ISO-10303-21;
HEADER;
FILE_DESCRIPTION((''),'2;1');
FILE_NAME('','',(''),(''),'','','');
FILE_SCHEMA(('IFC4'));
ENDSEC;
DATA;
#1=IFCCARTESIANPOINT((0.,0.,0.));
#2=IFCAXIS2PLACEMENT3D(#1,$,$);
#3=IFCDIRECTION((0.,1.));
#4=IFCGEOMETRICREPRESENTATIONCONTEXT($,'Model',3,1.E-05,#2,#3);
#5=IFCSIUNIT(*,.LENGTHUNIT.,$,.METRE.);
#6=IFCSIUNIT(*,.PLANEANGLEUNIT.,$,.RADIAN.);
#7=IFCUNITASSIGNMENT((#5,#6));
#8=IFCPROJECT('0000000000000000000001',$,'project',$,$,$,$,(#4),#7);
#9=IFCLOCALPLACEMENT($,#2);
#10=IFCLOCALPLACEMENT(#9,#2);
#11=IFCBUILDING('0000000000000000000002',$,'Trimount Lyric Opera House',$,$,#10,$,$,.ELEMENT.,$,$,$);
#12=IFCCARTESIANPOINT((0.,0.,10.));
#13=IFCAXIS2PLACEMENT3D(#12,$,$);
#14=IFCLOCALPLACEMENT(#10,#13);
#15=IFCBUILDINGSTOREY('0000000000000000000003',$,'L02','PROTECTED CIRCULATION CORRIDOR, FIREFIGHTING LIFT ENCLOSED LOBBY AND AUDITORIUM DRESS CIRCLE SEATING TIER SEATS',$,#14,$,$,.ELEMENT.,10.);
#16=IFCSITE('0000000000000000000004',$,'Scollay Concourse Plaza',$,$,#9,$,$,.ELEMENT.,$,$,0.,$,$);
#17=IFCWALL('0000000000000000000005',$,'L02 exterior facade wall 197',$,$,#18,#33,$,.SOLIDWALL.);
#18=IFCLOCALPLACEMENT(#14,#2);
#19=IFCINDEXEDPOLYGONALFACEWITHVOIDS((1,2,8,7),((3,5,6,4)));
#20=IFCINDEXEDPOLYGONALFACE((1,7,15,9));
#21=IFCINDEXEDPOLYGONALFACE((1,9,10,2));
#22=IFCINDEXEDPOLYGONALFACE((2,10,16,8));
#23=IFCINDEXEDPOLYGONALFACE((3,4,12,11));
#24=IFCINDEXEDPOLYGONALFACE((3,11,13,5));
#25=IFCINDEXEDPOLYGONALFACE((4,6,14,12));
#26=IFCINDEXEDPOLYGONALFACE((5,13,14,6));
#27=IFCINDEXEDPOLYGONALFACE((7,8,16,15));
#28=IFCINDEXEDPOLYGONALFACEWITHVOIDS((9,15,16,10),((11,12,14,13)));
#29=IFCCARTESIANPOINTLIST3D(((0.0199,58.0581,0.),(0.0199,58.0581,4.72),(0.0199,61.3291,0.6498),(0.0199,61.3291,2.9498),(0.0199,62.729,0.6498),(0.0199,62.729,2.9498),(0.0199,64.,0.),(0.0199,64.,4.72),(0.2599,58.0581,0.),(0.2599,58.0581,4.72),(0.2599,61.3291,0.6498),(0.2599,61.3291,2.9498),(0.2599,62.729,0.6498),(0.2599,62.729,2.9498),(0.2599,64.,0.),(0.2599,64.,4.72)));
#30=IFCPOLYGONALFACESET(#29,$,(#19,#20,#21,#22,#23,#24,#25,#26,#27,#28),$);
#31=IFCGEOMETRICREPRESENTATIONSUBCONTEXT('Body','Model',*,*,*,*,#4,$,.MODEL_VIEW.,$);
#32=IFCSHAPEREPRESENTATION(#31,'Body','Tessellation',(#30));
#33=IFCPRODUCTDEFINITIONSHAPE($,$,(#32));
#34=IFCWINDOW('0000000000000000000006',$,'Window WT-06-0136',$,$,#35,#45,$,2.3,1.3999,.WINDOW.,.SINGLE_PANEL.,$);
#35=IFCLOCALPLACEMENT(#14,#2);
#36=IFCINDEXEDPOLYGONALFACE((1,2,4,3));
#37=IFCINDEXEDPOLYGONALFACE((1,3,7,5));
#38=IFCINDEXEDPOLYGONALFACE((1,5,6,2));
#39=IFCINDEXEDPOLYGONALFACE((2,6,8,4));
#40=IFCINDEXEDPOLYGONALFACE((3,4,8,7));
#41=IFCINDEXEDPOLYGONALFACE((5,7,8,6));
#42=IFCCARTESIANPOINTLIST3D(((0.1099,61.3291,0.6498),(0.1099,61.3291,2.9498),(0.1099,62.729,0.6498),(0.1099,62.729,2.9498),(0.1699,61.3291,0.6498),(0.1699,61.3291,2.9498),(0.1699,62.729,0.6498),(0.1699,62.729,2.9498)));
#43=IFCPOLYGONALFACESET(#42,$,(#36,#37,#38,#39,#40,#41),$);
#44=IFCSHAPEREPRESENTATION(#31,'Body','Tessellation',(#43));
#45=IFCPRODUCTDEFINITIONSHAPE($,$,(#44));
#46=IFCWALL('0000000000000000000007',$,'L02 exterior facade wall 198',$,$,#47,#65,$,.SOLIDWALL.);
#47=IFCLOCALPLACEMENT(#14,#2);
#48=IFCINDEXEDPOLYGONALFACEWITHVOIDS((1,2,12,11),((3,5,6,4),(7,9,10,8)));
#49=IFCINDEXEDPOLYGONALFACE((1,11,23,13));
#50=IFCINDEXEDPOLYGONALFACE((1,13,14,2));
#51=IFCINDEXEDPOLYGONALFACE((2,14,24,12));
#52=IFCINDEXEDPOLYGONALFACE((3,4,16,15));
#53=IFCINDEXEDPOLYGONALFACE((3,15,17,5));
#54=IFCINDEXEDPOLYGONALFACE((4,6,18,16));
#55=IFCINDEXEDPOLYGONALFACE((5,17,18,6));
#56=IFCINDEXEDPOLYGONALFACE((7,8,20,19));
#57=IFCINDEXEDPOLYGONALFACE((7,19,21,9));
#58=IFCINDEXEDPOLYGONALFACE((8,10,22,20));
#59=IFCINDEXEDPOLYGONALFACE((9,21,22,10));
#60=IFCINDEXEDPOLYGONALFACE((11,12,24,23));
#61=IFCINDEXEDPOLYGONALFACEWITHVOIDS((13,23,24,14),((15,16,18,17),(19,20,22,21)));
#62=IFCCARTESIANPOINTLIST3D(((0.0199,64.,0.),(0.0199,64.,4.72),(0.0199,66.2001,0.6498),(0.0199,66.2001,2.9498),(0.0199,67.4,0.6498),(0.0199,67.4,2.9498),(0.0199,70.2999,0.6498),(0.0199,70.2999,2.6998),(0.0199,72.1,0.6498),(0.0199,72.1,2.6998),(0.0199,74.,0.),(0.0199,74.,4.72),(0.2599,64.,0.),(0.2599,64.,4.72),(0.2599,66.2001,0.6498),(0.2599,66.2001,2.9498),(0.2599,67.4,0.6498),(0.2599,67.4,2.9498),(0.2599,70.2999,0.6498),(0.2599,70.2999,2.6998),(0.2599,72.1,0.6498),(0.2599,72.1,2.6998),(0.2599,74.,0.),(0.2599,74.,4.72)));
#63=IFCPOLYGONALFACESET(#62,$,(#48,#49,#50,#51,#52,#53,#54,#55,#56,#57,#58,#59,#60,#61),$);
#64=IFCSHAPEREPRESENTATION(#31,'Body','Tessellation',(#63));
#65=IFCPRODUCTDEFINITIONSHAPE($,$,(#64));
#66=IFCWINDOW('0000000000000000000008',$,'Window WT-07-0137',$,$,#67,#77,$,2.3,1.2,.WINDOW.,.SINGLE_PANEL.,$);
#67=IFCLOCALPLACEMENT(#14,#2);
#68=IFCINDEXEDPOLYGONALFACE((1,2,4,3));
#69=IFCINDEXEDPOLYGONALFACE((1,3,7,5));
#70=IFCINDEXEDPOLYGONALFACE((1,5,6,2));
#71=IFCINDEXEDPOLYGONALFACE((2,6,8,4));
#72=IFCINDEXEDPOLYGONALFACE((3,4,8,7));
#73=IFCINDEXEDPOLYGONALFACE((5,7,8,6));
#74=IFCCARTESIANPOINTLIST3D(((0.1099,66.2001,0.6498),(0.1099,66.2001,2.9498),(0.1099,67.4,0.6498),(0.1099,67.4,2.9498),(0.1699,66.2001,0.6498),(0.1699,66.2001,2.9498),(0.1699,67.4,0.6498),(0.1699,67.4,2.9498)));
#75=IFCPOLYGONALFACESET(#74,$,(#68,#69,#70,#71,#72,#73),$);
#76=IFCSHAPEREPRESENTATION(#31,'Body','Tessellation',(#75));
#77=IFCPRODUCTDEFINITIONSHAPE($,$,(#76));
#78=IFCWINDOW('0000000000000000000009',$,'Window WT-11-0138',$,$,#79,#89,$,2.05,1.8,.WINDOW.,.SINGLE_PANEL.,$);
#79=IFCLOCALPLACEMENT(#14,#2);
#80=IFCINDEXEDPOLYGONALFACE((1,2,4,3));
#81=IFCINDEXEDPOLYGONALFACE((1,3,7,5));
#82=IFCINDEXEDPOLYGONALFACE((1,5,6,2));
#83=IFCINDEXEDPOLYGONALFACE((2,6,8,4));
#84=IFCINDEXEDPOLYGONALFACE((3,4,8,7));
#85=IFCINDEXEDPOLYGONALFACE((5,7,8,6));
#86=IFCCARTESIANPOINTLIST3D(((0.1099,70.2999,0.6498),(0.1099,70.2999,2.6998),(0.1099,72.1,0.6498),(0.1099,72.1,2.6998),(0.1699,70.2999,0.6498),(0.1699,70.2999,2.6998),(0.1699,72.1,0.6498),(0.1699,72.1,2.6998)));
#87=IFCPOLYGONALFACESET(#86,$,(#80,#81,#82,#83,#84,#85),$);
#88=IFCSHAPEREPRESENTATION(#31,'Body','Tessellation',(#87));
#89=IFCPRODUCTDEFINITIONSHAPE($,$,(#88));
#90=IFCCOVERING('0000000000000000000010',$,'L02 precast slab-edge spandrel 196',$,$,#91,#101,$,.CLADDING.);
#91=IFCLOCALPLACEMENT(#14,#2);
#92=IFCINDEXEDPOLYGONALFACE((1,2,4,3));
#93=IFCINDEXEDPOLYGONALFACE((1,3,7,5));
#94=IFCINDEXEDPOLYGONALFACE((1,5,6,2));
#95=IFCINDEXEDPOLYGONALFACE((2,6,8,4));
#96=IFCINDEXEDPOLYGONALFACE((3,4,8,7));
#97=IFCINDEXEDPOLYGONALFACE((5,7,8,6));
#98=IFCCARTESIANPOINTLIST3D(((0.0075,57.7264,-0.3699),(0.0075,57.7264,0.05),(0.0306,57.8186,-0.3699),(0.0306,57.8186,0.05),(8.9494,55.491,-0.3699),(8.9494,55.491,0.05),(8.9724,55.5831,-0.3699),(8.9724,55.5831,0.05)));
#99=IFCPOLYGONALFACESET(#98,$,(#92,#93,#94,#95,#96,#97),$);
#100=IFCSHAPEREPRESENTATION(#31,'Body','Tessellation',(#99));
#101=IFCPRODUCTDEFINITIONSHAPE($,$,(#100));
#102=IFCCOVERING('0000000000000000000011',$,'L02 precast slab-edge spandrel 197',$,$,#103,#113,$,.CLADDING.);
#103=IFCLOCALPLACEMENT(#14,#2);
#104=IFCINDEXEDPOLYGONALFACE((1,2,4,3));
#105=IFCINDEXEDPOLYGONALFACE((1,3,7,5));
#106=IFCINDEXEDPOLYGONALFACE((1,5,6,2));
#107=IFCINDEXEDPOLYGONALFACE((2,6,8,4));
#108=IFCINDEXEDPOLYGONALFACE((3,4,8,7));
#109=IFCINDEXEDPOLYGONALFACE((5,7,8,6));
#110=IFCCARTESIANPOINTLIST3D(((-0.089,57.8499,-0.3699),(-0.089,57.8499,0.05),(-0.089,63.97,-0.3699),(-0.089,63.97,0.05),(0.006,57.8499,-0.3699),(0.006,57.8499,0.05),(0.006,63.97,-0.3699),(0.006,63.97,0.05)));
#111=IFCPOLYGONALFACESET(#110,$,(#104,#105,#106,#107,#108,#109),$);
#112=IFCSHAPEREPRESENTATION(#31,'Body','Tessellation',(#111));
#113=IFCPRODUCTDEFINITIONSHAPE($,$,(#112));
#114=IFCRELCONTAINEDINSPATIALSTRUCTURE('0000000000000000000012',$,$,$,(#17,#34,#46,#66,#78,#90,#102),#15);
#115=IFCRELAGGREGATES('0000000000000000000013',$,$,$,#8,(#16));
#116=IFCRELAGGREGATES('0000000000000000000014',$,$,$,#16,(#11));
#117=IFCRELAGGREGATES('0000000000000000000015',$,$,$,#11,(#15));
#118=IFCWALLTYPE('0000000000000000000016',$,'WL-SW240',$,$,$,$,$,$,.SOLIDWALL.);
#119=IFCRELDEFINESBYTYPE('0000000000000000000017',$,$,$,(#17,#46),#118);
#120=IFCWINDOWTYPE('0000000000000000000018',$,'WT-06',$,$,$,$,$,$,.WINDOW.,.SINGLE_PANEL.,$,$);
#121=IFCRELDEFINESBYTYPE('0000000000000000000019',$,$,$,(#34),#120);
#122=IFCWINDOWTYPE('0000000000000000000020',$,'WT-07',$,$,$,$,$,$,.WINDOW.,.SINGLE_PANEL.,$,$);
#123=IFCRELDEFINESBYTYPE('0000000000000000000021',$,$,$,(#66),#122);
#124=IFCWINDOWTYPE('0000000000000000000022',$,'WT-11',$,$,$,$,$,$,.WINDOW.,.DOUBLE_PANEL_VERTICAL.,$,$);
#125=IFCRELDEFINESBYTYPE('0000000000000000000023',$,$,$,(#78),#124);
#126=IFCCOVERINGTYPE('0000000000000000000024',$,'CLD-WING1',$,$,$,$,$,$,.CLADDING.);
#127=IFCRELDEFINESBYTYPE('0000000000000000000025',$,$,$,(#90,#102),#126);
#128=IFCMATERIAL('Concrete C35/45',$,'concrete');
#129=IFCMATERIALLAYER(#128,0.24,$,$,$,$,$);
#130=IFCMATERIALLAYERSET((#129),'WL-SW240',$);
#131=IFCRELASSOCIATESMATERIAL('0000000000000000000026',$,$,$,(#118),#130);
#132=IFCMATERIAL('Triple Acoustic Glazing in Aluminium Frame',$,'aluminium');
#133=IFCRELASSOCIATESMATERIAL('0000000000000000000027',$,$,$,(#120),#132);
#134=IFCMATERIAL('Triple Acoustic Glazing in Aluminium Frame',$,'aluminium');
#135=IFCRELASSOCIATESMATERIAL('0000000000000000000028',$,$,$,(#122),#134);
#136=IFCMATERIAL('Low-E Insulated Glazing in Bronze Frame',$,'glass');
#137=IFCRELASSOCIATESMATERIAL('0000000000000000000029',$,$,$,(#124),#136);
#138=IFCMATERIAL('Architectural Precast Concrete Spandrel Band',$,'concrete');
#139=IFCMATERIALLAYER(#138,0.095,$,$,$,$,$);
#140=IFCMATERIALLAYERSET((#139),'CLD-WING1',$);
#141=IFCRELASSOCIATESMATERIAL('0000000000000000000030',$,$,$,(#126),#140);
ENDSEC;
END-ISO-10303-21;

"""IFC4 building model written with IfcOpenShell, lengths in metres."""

from ifc_helpers import new_model, si_unit, direction, frame, frame_2d, origin, origin_2d, place, context, subcontext, project, spatial, rectangle, extrude, material, layer, layer_set, type_object, element, fill, save


model = new_model("IFC4")

# Units and contexts
model_context = context("Model", 3, precision=1e-05, world=origin(), true_north=direction((0.0, 1.0)))
body_context = subcontext(model_context, "Body", "Model", "MODEL_VIEW")
ifc_project = project(units=[si_unit("LENGTHUNIT", "METRE"), si_unit("PLANEANGLEUNIT", "RADIAN")], contexts=[model_context])

# Site, building, storey
site_placement = place(None, origin())
site = spatial("IfcSite", under=ifc_project, at=site_placement, Name="Scollay Concourse Plaza", CompositionType="ELEMENT", RefElevation=0.0)
building_placement = place(site_placement, origin())
building = spatial("IfcBuilding", under=site, at=building_placement, Name="Trimount Lyric Opera House", CompositionType="ELEMENT")
storey_placement = place(building_placement, frame((0.0, 0.0, 10.0)))
storey = spatial("IfcBuildingStorey", under=building, at=storey_placement, Name="L02", Description="PROTECTED CIRCULATION CORRIDOR, FIREFIGHTING LIFT ENCLOSED LOBBY AND AUDITORIUM DRESS CIRCLE SEATING TIER SEATS", CompositionType="ELEMENT", Elevation=10.0)

# Shared definitions
ifc_material_1 = material(Name="Concrete C35/45", Category="concrete")
ifc_layer_1 = layer(ifc_material_1, 0.24)
ifc_layer_set_1 = layer_set([ifc_layer_1], Name="WL-SW240")
wall_type = type_object("IfcWallType", Name="WL-SW240", PredefinedType="SOLIDWALL", material=ifc_layer_set_1)

# Wall, opening, window
wall_1_placement = place(storey_placement, frame((0.1399, 58.0581, 0.0), z_axis=(0.0, 0.0, 1.0), x_axis=(0.0, 1.0, 0.0)))
wall_1 = element("IfcWall", 1, at=wall_1_placement, inside=storey, type_object=wall_type, Name="L02 exterior facade wall 197", PredefinedType="SOLIDWALL", context=body_context, shape_type="SweptSolid", body=[
    extrude(rectangle(XDim=5.9419, YDim=0.24, at=frame_2d((2.9709, 0.0))), origin(), (0.0, 0.0, 1.0), 4.72),
])
opening_1_placement = place(wall_1_placement, frame((3.271, 0.0, 0.6499)))
opening_1 = element("IfcOpeningElement", 2, at=opening_1_placement, cuts=wall_1, PredefinedType="OPENING", context=body_context, shape_type="SweptSolid", body=[
    extrude(rectangle(XDim=1.3999, YDim=2.3, at=frame_2d((0.7, 1.1499))), frame((0.0, 0.1299, 0.0), z_axis=(0.0, -1.0, 0.0), x_axis=(1.0, 0.0, 0.0)), (0.0, 0.0, 1.0), 0.26),
])
ifc_material_2 = material(Name="Triple Acoustic Glazing in Aluminium Frame", Category="aluminium")
window_type_1 = type_object("IfcWindowType", Name="WT-06", PartitioningType="SINGLE_PANEL", PredefinedType="WINDOW", material=ifc_material_2)
window_1_placement = place(opening_1_placement, origin())
window_1 = element("IfcWindow", 3, at=window_1_placement, inside=storey, type_object=window_type_1, Name="Window WT-06-0136", OverallHeight=2.3, OverallWidth=1.3999, PartitioningType="SINGLE_PANEL", PredefinedType="WINDOW", context=body_context, shape_type="SweptSolid", body=[
    extrude(rectangle(XDim=1.3999, YDim=2.3, at=frame_2d((0.7, 1.1499))), frame((0.0, 0.03, 0.0), z_axis=(0.0, -1.0, 0.0), x_axis=(1.0, 0.0, 0.0)), (0.0, 0.0, 1.0), 0.0601),
])
fill(opening_1, window_1)

# Wall, openings, windows
wall_2_placement = place(storey_placement, frame((0.1399, 64.0, 0.0), z_axis=(0.0, 0.0, 1.0), x_axis=(0.0, 1.0, 0.0)))
wall_2 = element("IfcWall", 4, at=wall_2_placement, inside=storey, type_object=wall_type, Name="L02 exterior facade wall 198", PredefinedType="SOLIDWALL", context=body_context, shape_type="SweptSolid", body=[
    extrude(rectangle(XDim=10.0, YDim=0.24, at=frame_2d((5.0, 0.0))), origin(), (0.0, 0.0, 1.0), 4.72),
])
opening_2_placement = place(wall_2_placement, frame((2.2, 0.0, 0.6499)))
opening_2 = element("IfcOpeningElement", 5, at=opening_2_placement, cuts=wall_2, PredefinedType="OPENING", context=body_context, shape_type="SweptSolid", body=[
    extrude(rectangle(XDim=1.2, YDim=2.3, at=frame_2d((0.6001, 1.1499))), frame((0.0, 0.1299, 0.0), z_axis=(0.0, -1.0, 0.0), x_axis=(1.0, 0.0, 0.0)), (0.0, 0.0, 1.0), 0.26),
])
opening_3_placement = place(wall_2_placement, frame((6.3, 0.0, 0.6499)))
opening_3 = element("IfcOpeningElement", 6, at=opening_3_placement, cuts=wall_2, PredefinedType="OPENING", context=body_context, shape_type="SweptSolid", body=[
    extrude(rectangle(XDim=1.8, YDim=2.05, at=frame_2d((0.8999, 1.0249))), frame((0.0, 0.1299, 0.0), z_axis=(0.0, -1.0, 0.0), x_axis=(1.0, 0.0, 0.0)), (0.0, 0.0, 1.0), 0.26),
])
ifc_material_3 = material(Name="Triple Acoustic Glazing in Aluminium Frame", Category="aluminium")
window_type_2 = type_object("IfcWindowType", Name="WT-07", PartitioningType="SINGLE_PANEL", PredefinedType="WINDOW", material=ifc_material_3)
window_2_placement = place(opening_2_placement, origin())
window_2 = element("IfcWindow", 7, at=window_2_placement, inside=storey, type_object=window_type_2, Name="Window WT-07-0137", OverallHeight=2.3, OverallWidth=1.2, PartitioningType="SINGLE_PANEL", PredefinedType="WINDOW", context=body_context, shape_type="SweptSolid", body=[
    extrude(rectangle(XDim=1.2, YDim=2.3, at=frame_2d((0.6001, 1.1499))), frame((0.0, 0.03, 0.0), z_axis=(0.0, -1.0, 0.0), x_axis=(1.0, 0.0, 0.0)), (0.0, 0.0, 1.0), 0.0601),
])
fill(opening_2, window_2)
ifc_material_4 = material(Name="Low-E Insulated Glazing in Bronze Frame", Category="glass")
window_type_3 = type_object("IfcWindowType", Name="WT-11", PartitioningType="DOUBLE_PANEL_VERTICAL", PredefinedType="WINDOW", material=ifc_material_4)
window_3_placement = place(opening_3_placement, origin())
window_3 = element("IfcWindow", 8, at=window_3_placement, inside=storey, type_object=window_type_3, Name="Window WT-11-0138", OverallHeight=2.05, OverallWidth=1.8, PartitioningType="SINGLE_PANEL", PredefinedType="WINDOW", context=body_context, shape_type="SweptSolid", body=[
    extrude(rectangle(XDim=1.8, YDim=2.05, at=frame_2d((0.8999, 1.0249))), frame((0.0, 0.03, 0.0), z_axis=(0.0, -1.0, 0.0), x_axis=(1.0, 0.0, 0.0)), (0.0, 0.0, 1.0), 0.0601),
])
fill(opening_3, window_3)

# Coverings
ifc_material_5 = material(Name="Architectural Precast Concrete Spandrel Band", Category="concrete")
ifc_layer_2 = layer(ifc_material_5, 0.095)
ifc_layer_set_2 = layer_set([ifc_layer_2], Name="CLD-WING1")
covering_type = type_object("IfcCoveringType", Name="CLD-WING1", PredefinedType="CLADDING", material=ifc_layer_set_2)
covering_1_placement = place(storey_placement, frame((4.49, 56.6548, -0.3699), z_axis=(0.0, 0.0, 1.0), x_axis=(-0.970144, 0.242532, 0.0)))
element("IfcCovering", 9, at=covering_1_placement, inside=storey, type_object=covering_type, Name="L02 precast slab-edge spandrel 196", PredefinedType="CLADDING", context=body_context, shape_type="SweptSolid", body=[
    extrude(rectangle(XDim=9.217, YDim=0.095, at=origin_2d()), origin(), (0.0, 0.0, 1.0), 0.4199),
])
covering_2_placement = place(storey_placement, frame((-0.0415, 60.9099, -0.3699), z_axis=(0.0, 0.0, 1.0), x_axis=(0.0, 1.0, 0.0)))
element("IfcCovering", 10, at=covering_2_placement, inside=storey, type_object=covering_type, Name="L02 precast slab-edge spandrel 197", PredefinedType="CLADDING", context=body_context, shape_type="SweptSolid", body=[
    extrude(rectangle(XDim=6.1201, YDim=0.095, at=origin_2d()), origin(), (0.0, 0.0, 1.0), 0.4199),
])

save(model, "model.ifc")
